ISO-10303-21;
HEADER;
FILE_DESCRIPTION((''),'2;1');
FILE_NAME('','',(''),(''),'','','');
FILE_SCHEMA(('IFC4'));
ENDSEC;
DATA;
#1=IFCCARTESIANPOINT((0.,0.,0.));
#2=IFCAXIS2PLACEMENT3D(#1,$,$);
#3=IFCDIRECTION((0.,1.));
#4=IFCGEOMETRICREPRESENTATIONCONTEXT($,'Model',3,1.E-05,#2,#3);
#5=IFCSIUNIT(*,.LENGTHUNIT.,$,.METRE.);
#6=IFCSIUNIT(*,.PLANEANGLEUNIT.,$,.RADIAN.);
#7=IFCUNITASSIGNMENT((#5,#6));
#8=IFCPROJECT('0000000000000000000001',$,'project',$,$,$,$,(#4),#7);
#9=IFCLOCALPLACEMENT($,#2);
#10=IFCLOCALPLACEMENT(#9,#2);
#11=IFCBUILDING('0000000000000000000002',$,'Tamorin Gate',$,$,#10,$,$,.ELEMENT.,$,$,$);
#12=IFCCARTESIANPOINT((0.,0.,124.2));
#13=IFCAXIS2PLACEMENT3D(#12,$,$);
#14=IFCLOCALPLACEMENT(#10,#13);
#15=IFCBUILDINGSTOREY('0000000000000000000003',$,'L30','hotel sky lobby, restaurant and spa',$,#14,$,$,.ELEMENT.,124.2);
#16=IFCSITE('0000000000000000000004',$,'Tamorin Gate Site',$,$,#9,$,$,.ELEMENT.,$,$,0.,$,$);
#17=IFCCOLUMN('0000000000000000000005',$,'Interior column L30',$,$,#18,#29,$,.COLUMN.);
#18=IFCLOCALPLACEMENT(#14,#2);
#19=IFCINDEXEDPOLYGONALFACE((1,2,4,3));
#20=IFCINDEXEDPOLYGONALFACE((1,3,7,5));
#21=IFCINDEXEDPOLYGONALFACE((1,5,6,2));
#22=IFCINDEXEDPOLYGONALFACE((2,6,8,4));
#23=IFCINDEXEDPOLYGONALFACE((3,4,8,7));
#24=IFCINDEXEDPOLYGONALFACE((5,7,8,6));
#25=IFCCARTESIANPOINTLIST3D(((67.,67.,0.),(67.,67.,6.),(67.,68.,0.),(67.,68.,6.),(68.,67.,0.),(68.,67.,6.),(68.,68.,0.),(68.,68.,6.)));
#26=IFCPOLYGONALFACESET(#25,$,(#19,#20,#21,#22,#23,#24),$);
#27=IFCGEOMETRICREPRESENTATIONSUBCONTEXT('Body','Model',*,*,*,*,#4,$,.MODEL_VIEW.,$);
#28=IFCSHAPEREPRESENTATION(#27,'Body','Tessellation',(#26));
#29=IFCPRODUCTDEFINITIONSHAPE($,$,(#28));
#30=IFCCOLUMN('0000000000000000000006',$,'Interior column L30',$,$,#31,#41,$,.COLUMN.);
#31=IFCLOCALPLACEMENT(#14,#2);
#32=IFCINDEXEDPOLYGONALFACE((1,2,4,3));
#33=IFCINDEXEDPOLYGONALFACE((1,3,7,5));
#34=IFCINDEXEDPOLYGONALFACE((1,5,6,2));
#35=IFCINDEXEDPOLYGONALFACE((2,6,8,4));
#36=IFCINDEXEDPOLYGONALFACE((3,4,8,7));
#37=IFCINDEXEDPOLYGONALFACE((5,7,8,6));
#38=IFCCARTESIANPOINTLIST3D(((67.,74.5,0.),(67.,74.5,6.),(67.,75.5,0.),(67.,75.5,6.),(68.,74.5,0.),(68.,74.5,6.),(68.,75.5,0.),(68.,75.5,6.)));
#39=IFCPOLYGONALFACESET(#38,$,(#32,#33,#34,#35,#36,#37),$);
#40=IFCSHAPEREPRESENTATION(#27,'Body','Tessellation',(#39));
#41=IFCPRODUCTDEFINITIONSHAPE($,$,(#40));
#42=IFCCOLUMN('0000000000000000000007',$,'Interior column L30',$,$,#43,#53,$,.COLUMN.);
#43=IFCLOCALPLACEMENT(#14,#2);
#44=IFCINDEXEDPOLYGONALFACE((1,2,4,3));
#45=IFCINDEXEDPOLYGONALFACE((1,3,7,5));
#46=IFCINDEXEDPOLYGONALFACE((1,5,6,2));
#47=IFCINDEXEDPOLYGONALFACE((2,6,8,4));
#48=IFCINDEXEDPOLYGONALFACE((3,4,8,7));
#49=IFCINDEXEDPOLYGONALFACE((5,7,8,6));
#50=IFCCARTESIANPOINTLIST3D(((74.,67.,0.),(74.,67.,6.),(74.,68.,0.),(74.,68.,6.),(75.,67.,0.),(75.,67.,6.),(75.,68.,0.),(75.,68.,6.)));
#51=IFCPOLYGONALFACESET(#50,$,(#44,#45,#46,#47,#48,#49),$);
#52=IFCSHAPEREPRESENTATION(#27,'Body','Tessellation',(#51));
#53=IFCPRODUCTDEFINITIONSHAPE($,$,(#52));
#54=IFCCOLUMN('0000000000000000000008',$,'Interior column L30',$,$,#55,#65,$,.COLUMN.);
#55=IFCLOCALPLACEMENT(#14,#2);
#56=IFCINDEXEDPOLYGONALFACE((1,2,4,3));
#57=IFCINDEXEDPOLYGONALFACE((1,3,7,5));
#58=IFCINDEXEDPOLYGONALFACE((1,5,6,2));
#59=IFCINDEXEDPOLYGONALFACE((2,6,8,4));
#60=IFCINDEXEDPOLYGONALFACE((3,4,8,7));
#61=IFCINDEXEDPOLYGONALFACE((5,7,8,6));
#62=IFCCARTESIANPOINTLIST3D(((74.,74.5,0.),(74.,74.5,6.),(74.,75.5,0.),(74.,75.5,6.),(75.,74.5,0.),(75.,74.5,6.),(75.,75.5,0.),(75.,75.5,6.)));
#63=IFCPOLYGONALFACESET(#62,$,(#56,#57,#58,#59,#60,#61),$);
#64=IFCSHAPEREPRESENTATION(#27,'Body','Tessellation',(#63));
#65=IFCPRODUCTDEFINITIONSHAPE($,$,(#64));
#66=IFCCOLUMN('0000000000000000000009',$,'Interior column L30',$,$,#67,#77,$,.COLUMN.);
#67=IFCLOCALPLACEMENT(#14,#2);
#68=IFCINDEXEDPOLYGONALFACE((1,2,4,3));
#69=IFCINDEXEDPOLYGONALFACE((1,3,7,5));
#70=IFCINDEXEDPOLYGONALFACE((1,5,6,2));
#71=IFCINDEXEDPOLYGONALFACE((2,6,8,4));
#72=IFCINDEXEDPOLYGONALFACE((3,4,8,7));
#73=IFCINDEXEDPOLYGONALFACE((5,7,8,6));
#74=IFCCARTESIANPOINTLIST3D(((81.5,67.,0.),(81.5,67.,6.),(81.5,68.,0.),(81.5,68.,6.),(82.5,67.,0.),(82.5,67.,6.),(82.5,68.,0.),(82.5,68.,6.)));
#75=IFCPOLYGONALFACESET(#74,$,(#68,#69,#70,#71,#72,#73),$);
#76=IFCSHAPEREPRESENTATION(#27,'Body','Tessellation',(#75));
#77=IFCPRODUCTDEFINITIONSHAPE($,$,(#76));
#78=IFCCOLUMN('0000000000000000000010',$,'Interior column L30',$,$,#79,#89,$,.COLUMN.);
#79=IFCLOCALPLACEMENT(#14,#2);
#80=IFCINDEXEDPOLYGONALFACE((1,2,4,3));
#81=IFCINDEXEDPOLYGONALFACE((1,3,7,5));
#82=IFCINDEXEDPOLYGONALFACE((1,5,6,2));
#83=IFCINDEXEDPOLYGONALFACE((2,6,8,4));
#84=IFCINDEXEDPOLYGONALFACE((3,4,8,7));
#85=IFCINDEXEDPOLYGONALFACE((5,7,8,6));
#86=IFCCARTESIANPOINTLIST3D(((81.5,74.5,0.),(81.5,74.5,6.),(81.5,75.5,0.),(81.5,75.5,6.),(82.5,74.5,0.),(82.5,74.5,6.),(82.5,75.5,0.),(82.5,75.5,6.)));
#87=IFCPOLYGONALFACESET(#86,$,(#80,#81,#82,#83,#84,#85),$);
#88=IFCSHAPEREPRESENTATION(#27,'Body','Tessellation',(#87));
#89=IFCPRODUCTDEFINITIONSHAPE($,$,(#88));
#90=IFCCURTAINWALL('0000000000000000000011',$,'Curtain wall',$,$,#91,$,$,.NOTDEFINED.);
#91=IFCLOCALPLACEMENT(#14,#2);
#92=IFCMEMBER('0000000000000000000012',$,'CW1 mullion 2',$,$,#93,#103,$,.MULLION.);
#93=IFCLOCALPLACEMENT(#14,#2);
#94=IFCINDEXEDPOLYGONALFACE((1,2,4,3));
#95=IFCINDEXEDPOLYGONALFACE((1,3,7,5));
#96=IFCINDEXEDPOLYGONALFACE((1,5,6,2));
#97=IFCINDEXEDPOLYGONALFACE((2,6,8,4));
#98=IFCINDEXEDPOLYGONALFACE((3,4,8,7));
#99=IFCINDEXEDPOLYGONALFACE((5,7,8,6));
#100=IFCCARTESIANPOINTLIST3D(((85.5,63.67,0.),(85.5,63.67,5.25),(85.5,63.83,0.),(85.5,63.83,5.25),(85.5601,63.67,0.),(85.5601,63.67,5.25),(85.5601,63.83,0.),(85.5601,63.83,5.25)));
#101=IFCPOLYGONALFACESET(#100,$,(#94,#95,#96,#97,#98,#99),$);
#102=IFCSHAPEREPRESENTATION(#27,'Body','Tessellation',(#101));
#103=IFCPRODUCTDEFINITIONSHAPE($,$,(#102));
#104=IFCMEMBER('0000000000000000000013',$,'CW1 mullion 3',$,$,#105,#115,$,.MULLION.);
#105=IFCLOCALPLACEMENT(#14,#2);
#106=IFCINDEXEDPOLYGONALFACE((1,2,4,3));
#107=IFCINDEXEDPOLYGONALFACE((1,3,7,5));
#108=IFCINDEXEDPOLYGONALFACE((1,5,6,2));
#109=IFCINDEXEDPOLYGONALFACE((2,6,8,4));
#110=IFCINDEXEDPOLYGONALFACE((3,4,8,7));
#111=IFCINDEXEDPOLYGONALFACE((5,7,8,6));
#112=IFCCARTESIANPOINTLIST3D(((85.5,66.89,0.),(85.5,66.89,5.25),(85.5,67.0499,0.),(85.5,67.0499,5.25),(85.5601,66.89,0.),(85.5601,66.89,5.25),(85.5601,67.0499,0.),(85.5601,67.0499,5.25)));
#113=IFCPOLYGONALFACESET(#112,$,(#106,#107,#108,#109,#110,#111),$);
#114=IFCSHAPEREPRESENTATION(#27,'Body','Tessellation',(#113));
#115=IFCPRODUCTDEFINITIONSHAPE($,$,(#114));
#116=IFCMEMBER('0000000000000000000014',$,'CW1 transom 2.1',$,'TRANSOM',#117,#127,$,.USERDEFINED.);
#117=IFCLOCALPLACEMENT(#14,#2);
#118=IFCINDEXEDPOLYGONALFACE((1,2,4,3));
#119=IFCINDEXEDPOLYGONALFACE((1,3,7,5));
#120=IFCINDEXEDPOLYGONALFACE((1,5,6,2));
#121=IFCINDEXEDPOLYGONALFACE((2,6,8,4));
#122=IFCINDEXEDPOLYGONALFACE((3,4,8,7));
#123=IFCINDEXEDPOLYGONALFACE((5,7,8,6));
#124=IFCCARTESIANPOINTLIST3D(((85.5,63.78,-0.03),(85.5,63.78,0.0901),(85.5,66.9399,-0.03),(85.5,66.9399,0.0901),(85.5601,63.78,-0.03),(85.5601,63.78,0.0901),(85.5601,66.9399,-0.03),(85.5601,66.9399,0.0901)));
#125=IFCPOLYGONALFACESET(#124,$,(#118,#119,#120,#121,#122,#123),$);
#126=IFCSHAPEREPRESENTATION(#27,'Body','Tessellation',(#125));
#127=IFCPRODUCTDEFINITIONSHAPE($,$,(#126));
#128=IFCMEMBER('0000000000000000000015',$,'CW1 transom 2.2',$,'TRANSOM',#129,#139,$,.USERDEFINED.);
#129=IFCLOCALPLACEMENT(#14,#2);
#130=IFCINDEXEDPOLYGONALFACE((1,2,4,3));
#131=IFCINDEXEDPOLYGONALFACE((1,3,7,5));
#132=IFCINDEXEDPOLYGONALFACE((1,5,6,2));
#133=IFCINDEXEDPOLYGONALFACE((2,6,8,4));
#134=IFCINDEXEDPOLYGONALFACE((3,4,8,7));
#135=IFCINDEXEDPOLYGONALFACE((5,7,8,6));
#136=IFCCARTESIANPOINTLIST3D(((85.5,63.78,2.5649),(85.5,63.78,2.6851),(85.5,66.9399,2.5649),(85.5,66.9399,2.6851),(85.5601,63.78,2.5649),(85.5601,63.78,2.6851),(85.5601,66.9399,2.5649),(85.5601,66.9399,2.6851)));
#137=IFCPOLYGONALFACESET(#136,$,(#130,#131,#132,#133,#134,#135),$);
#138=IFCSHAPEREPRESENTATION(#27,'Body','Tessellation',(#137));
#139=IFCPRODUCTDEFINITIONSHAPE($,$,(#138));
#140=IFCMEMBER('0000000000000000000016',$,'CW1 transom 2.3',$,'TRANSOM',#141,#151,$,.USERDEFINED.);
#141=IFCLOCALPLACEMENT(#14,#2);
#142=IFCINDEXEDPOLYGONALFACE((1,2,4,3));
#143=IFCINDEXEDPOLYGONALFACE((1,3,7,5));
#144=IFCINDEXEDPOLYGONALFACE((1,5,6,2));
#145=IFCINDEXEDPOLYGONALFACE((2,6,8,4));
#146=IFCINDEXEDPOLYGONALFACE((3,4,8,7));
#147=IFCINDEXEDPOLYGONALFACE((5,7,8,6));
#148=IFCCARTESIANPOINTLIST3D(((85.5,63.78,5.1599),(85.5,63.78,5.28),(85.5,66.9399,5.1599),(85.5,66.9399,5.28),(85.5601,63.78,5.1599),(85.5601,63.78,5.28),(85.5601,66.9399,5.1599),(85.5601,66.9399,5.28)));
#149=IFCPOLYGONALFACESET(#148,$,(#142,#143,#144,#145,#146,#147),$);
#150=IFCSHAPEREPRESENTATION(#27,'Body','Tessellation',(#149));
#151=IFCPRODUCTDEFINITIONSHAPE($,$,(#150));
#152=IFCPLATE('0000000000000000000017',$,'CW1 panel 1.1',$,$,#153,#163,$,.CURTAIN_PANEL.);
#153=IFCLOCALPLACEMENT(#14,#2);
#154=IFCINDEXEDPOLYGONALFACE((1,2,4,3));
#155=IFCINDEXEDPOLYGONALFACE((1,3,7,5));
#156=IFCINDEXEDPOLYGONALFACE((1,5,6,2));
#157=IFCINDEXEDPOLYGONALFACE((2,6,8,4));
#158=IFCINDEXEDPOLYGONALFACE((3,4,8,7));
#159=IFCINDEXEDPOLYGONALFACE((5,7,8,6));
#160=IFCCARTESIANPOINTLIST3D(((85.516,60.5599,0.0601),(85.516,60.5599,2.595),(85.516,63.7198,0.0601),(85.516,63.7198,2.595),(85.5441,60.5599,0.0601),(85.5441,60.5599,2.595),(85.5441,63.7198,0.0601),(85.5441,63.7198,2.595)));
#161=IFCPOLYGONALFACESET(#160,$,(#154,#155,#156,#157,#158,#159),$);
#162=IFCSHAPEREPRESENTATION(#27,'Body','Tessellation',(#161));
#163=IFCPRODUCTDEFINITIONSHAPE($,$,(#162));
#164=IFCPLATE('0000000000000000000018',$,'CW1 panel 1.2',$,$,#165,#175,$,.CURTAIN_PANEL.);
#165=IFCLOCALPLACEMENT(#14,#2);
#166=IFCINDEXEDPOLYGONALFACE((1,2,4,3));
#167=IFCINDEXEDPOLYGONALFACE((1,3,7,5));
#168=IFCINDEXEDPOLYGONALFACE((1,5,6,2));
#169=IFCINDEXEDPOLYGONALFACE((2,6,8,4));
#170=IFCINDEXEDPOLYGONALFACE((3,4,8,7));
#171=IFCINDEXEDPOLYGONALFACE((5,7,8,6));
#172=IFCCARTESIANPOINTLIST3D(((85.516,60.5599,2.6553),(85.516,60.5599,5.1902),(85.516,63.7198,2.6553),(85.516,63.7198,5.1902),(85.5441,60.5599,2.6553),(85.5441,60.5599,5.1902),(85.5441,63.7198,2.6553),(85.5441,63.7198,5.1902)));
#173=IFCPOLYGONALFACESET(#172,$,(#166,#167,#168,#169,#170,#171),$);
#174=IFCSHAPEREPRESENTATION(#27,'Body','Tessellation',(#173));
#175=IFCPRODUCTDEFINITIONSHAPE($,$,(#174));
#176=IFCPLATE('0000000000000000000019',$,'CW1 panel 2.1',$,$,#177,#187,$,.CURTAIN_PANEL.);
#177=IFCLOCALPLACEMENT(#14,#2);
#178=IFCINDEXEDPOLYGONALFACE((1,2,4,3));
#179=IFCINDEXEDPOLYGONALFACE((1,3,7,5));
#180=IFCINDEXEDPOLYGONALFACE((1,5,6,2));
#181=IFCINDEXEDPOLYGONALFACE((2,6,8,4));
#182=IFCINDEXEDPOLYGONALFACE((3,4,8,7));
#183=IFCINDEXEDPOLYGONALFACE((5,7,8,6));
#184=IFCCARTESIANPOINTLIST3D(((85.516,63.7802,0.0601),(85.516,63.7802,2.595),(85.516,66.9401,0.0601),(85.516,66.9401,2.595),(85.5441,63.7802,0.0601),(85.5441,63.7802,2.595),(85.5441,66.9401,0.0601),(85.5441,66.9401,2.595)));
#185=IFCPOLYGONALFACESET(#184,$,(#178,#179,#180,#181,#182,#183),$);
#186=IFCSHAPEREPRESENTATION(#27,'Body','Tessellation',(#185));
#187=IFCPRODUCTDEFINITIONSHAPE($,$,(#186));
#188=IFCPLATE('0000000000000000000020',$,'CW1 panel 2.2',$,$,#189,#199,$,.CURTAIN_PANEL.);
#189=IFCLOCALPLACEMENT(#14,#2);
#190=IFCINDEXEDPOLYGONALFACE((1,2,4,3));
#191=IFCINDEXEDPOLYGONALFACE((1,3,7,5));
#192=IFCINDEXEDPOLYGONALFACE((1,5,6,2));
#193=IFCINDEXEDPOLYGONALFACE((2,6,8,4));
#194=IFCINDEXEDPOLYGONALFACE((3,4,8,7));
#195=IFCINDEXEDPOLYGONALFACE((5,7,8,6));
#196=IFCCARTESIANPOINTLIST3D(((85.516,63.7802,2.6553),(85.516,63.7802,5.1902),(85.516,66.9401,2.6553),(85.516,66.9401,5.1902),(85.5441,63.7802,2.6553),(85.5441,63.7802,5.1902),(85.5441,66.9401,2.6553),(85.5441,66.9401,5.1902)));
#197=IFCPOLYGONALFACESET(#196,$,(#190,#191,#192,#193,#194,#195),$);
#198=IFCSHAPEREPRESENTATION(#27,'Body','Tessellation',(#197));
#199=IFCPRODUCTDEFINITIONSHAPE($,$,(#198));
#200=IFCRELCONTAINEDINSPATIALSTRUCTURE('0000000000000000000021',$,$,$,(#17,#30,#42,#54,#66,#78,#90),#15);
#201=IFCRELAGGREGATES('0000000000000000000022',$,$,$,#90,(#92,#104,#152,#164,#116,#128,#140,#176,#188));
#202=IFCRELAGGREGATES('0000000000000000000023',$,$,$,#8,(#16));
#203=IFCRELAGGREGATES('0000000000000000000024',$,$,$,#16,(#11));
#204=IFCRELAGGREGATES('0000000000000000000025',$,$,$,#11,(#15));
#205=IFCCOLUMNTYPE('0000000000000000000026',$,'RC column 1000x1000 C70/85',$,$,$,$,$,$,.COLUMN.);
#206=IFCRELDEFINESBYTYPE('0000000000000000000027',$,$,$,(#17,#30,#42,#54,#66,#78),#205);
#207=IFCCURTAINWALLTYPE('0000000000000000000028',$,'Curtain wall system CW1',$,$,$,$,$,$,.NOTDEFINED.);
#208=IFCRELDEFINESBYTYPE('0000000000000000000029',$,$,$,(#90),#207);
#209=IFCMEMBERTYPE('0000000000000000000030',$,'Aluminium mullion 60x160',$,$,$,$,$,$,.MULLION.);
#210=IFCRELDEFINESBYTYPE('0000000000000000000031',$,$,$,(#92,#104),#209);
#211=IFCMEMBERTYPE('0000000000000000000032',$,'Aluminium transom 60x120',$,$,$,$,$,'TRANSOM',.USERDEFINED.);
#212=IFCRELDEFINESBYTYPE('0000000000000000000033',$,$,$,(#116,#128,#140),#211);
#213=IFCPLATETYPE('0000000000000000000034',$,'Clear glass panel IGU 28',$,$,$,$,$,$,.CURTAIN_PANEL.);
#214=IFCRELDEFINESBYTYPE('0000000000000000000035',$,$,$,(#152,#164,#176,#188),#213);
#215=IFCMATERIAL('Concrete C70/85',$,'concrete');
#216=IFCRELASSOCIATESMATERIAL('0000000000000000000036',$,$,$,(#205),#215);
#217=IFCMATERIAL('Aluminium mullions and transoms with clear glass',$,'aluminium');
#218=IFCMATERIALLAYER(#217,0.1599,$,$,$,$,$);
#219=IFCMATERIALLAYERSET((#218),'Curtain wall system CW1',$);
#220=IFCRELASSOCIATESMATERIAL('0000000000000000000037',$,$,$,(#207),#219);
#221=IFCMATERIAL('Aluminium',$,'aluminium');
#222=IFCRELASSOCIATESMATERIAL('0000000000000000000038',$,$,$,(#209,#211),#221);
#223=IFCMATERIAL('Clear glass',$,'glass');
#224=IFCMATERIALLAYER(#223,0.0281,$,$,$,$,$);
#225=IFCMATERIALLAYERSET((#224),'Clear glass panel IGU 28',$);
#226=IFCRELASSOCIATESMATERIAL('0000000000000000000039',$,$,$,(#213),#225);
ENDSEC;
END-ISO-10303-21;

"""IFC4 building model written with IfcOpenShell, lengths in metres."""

from ifc_helpers import new_model, si_unit, direction, frame, origin, origin_2d, place, context, subcontext, project, spatial, rectangle, extrude, material, layer, layer_set, material_profile, profile_set, type_object, element, aggregate, save


model = new_model("IFC4")

# Units and contexts
model_context = context("Model", 3, precision=1e-05, world=origin(), true_north=direction((0.0, 1.0)))
body_context = subcontext(model_context, "Body", "Model", "MODEL_VIEW")
ifc_project = project(units=[si_unit("LENGTHUNIT", "METRE"), si_unit("PLANEANGLEUNIT", "RADIAN")], contexts=[model_context])

# Site, building, storey
site_placement = place(None, origin())
site = spatial("IfcSite", under=ifc_project, at=site_placement, Name="Tamorin Gate Site", CompositionType="ELEMENT", RefElevation=0.0)
building_placement = place(site_placement, origin())
building = spatial("IfcBuilding", under=site, at=building_placement, Name="Tamorin Gate", CompositionType="ELEMENT")
storey_placement = place(building_placement, frame((0.0, 0.0, 124.2)))
storey = spatial("IfcBuildingStorey", under=building, at=storey_placement, Name="L30", Description="hotel sky lobby, restaurant and spa", CompositionType="ELEMENT", Elevation=124.2)

# Columns
ifc_material_1 = material(Name="Concrete C70/85", Category="concrete")
ifc_material_profile_1 = material_profile(ifc_material_1, rectangle(XDim=1.0, YDim=1.0, at=origin_2d()), Name="RC 1000x1000")
ifc_profile_set_1 = profile_set([ifc_material_profile_1], Name="Concrete C70/85")
column_type = type_object("IfcColumnType", Name="RC column 1000x1000 C70/85", PredefinedType="COLUMN", material=ifc_profile_set_1)
for number, where, z_axis, x_axis, name in (
    (1, (67.5, 67.5, 0.0), (0.0, 0.0, 1.0), (1.0, 0.0, 0.0), "Interior column L30"),
    (2, (67.5, 75.0, 0.0), (0.0, 0.0, 1.0), (1.0, 0.0, 0.0), "Interior column L30"),
    (3, (74.5, 67.5, 0.0), (0.0, 0.0, 1.0), (1.0, 0.0, 0.0), "Interior column L30"),
    (4, (74.5, 75.0, 0.0), (0.0, 0.0, 1.0), (1.0, 0.0, 0.0), "Interior column L30"),
    (5, (82.0, 67.5, 0.0), (0.0, 0.0, 1.0), (1.0, 0.0, 0.0), "Interior column L30"),
    (6, (82.0, 75.0, 0.0), (0.0, 0.0, 1.0), (1.0, 0.0, 0.0), "Interior column L30"),
):
    element("IfcColumn", number, at=place(storey_placement, frame(where, z_axis=z_axis, x_axis=x_axis)), inside=storey, type_object=column_type, Name=name, PredefinedType="COLUMN", context=body_context, shape_type="SweptSolid", body=[
        extrude(rectangle(XDim=1.0, YDim=1.0, at=origin_2d()), origin(), (0.0, 0.0, 1.0), 6.0),
    ])

# Curtain wall, members, plates
ifc_material_2 = material(Name="Aluminium mullions and transoms with clear glass", Category="aluminium")
ifc_layer_1 = layer(ifc_material_2, 0.1599)
ifc_layer_set_1 = layer_set([ifc_layer_1], Name="Curtain wall system CW1")
curtain_wall_type = type_object("IfcCurtainWallType", Name="Curtain wall system CW1", PredefinedType="NOTDEFINED", material=ifc_layer_set_1)
curtain_wall_placement = place(storey_placement, origin())
curtain_wall = element("IfcCurtainWall", 7, at=curtain_wall_placement, inside=storey, type_object=curtain_wall_type, Name="Curtain wall", PredefinedType="NOTDEFINED")
ifc_material_3 = material(Name="Aluminium", Category="aluminium")
ifc_material_profile_2 = material_profile(ifc_material_3, rectangle(XDim=0.0601, YDim=0.1599, at=origin_2d()), Name="RECT 60x160")
ifc_profile_set_2 = profile_set([ifc_material_profile_2], Name="Aluminium")
member_type_1 = type_object("IfcMemberType", Name="Aluminium mullion 60x160", PredefinedType="MULLION", material=ifc_profile_set_2)
member_1_placement = place(storey_placement, frame((85.53, 63.75, 0.0), z_axis=(0.0, 0.0, 1.0), x_axis=(-1.0, 0.0, 0.0)))
member_1 = element("IfcMember", 8, at=member_1_placement, type_object=member_type_1, Name="CW1 mullion 2", PredefinedType="MULLION", context=body_context, shape_type="SweptSolid", body=[
    extrude(rectangle(XDim=0.0601, YDim=0.1599, at=origin_2d()), origin(), (0.0, 0.0, 1.0), 5.25),
])
member_2_placement = place(storey_placement, frame((85.53, 66.97, 0.0), z_axis=(0.0, 0.0, 1.0), x_axis=(-1.0, 0.0, 0.0)))
member_2 = element("IfcMember", 9, at=member_2_placement, type_object=member_type_1, Name="CW1 mullion 3", PredefinedType="MULLION", context=body_context, shape_type="SweptSolid", body=[
    extrude(rectangle(XDim=0.0601, YDim=0.1599, at=origin_2d()), origin(), (0.0, 0.0, 1.0), 5.25),
])
ifc_material_profile_3 = material_profile(ifc_material_3, rectangle(XDim=0.0601, YDim=0.1201, at=origin_2d()), Name="RECT 60x120")
ifc_profile_set_3 = profile_set([ifc_material_profile_3], Name="Aluminium")
member_type_2 = type_object("IfcMemberType", Name="Aluminium transom 60x120", ElementType="TRANSOM", PredefinedType="USERDEFINED", material=ifc_profile_set_3)
member_3_placement = place(storey_placement, frame((85.53, 63.78, 0.03), z_axis=(0.0, 1.0, 0.0), x_axis=(-1.0, 0.0, 0.0)))
member_3 = element("IfcMember", 10, at=member_3_placement, type_object=member_type_2, Name="CW1 transom 2.1", ObjectType="TRANSOM", PredefinedType="USERDEFINED", context=body_context, shape_type="SweptSolid", body=[
    extrude(rectangle(XDim=0.0601, YDim=0.1201, at=origin_2d()), origin(), (0.0, 0.0, 1.0), 3.1599),
])
member_4_placement = place(storey_placement, frame((85.53, 63.78, 2.625), z_axis=(0.0, 1.0, 0.0), x_axis=(-1.0, 0.0, 0.0)))
member_4 = element("IfcMember", 11, at=member_4_placement, type_object=member_type_2, Name="CW1 transom 2.2", ObjectType="TRANSOM", PredefinedType="USERDEFINED", context=body_context, shape_type="SweptSolid", body=[
    extrude(rectangle(XDim=0.0601, YDim=0.1201, at=origin_2d()), origin(), (0.0, 0.0, 1.0), 3.1599),
])
member_5_placement = place(storey_placement, frame((85.53, 63.78, 5.22), z_axis=(0.0, 1.0, 0.0), x_axis=(-1.0, 0.0, 0.0)))
member_5 = element("IfcMember", 12, at=member_5_placement, type_object=member_type_2, Name="CW1 transom 2.3", ObjectType="TRANSOM", PredefinedType="USERDEFINED", context=body_context, shape_type="SweptSolid", body=[
    extrude(rectangle(XDim=0.0601, YDim=0.1201, at=origin_2d()), origin(), (0.0, 0.0, 1.0), 3.1599),
])
ifc_material_4 = material(Name="Clear glass", Category="glass")
ifc_layer_2 = layer(ifc_material_4, 0.0281)
ifc_layer_set_2 = layer_set([ifc_layer_2], Name="Clear glass panel IGU 28")
plate_type = type_object("IfcPlateType", Name="Clear glass panel IGU 28", PredefinedType="CURTAIN_PANEL", material=ifc_layer_set_2)
plate_1_placement = place(storey_placement, frame((85.53, 62.1399, 0.0601), z_axis=(0.0, 0.0, 1.0), x_axis=(0.0, 1.0, 0.0)))
plate_1 = element("IfcPlate", 13, at=plate_1_placement, type_object=plate_type, Name="CW1 panel 1.1", PredefinedType="CURTAIN_PANEL", context=body_context, shape_type="SweptSolid", body=[
    extrude(rectangle(XDim=3.1599, YDim=0.0281, at=origin_2d()), origin(), (0.0, 0.0, 1.0), 2.5349),
])
plate_2_placement = place(storey_placement, frame((85.53, 62.1399, 2.6553), z_axis=(0.0, 0.0, 1.0), x_axis=(0.0, 1.0, 0.0)))
plate_2 = element("IfcPlate", 14, at=plate_2_placement, type_object=plate_type, Name="CW1 panel 1.2", PredefinedType="CURTAIN_PANEL", context=body_context, shape_type="SweptSolid", body=[
    extrude(rectangle(XDim=3.1599, YDim=0.0281, at=origin_2d()), origin(), (0.0, 0.0, 1.0), 2.5349),
])
plate_3_placement = place(storey_placement, frame((85.53, 65.3601, 0.0601), z_axis=(0.0, 0.0, 1.0), x_axis=(0.0, 1.0, 0.0)))
plate_3 = element("IfcPlate", 15, at=plate_3_placement, type_object=plate_type, Name="CW1 panel 2.1", PredefinedType="CURTAIN_PANEL", context=body_context, shape_type="SweptSolid", body=[
    extrude(rectangle(XDim=3.1599, YDim=0.0281, at=origin_2d()), origin(), (0.0, 0.0, 1.0), 2.5349),
])
plate_4_placement = place(storey_placement, frame((85.53, 65.3601, 2.6553), z_axis=(0.0, 0.0, 1.0), x_axis=(0.0, 1.0, 0.0)))
plate_4 = element("IfcPlate", 16, at=plate_4_placement, type_object=plate_type, Name="CW1 panel 2.2", PredefinedType="CURTAIN_PANEL", context=body_context, shape_type="SweptSolid", body=[
    extrude(rectangle(XDim=3.1599, YDim=0.0281, at=origin_2d()), origin(), (0.0, 0.0, 1.0), 2.5349),
])
aggregate(curtain_wall, [member_1, member_2, plate_1, plate_2, member_3, member_4, member_5, plate_3, plate_4])

save(model, "model.ifc")
